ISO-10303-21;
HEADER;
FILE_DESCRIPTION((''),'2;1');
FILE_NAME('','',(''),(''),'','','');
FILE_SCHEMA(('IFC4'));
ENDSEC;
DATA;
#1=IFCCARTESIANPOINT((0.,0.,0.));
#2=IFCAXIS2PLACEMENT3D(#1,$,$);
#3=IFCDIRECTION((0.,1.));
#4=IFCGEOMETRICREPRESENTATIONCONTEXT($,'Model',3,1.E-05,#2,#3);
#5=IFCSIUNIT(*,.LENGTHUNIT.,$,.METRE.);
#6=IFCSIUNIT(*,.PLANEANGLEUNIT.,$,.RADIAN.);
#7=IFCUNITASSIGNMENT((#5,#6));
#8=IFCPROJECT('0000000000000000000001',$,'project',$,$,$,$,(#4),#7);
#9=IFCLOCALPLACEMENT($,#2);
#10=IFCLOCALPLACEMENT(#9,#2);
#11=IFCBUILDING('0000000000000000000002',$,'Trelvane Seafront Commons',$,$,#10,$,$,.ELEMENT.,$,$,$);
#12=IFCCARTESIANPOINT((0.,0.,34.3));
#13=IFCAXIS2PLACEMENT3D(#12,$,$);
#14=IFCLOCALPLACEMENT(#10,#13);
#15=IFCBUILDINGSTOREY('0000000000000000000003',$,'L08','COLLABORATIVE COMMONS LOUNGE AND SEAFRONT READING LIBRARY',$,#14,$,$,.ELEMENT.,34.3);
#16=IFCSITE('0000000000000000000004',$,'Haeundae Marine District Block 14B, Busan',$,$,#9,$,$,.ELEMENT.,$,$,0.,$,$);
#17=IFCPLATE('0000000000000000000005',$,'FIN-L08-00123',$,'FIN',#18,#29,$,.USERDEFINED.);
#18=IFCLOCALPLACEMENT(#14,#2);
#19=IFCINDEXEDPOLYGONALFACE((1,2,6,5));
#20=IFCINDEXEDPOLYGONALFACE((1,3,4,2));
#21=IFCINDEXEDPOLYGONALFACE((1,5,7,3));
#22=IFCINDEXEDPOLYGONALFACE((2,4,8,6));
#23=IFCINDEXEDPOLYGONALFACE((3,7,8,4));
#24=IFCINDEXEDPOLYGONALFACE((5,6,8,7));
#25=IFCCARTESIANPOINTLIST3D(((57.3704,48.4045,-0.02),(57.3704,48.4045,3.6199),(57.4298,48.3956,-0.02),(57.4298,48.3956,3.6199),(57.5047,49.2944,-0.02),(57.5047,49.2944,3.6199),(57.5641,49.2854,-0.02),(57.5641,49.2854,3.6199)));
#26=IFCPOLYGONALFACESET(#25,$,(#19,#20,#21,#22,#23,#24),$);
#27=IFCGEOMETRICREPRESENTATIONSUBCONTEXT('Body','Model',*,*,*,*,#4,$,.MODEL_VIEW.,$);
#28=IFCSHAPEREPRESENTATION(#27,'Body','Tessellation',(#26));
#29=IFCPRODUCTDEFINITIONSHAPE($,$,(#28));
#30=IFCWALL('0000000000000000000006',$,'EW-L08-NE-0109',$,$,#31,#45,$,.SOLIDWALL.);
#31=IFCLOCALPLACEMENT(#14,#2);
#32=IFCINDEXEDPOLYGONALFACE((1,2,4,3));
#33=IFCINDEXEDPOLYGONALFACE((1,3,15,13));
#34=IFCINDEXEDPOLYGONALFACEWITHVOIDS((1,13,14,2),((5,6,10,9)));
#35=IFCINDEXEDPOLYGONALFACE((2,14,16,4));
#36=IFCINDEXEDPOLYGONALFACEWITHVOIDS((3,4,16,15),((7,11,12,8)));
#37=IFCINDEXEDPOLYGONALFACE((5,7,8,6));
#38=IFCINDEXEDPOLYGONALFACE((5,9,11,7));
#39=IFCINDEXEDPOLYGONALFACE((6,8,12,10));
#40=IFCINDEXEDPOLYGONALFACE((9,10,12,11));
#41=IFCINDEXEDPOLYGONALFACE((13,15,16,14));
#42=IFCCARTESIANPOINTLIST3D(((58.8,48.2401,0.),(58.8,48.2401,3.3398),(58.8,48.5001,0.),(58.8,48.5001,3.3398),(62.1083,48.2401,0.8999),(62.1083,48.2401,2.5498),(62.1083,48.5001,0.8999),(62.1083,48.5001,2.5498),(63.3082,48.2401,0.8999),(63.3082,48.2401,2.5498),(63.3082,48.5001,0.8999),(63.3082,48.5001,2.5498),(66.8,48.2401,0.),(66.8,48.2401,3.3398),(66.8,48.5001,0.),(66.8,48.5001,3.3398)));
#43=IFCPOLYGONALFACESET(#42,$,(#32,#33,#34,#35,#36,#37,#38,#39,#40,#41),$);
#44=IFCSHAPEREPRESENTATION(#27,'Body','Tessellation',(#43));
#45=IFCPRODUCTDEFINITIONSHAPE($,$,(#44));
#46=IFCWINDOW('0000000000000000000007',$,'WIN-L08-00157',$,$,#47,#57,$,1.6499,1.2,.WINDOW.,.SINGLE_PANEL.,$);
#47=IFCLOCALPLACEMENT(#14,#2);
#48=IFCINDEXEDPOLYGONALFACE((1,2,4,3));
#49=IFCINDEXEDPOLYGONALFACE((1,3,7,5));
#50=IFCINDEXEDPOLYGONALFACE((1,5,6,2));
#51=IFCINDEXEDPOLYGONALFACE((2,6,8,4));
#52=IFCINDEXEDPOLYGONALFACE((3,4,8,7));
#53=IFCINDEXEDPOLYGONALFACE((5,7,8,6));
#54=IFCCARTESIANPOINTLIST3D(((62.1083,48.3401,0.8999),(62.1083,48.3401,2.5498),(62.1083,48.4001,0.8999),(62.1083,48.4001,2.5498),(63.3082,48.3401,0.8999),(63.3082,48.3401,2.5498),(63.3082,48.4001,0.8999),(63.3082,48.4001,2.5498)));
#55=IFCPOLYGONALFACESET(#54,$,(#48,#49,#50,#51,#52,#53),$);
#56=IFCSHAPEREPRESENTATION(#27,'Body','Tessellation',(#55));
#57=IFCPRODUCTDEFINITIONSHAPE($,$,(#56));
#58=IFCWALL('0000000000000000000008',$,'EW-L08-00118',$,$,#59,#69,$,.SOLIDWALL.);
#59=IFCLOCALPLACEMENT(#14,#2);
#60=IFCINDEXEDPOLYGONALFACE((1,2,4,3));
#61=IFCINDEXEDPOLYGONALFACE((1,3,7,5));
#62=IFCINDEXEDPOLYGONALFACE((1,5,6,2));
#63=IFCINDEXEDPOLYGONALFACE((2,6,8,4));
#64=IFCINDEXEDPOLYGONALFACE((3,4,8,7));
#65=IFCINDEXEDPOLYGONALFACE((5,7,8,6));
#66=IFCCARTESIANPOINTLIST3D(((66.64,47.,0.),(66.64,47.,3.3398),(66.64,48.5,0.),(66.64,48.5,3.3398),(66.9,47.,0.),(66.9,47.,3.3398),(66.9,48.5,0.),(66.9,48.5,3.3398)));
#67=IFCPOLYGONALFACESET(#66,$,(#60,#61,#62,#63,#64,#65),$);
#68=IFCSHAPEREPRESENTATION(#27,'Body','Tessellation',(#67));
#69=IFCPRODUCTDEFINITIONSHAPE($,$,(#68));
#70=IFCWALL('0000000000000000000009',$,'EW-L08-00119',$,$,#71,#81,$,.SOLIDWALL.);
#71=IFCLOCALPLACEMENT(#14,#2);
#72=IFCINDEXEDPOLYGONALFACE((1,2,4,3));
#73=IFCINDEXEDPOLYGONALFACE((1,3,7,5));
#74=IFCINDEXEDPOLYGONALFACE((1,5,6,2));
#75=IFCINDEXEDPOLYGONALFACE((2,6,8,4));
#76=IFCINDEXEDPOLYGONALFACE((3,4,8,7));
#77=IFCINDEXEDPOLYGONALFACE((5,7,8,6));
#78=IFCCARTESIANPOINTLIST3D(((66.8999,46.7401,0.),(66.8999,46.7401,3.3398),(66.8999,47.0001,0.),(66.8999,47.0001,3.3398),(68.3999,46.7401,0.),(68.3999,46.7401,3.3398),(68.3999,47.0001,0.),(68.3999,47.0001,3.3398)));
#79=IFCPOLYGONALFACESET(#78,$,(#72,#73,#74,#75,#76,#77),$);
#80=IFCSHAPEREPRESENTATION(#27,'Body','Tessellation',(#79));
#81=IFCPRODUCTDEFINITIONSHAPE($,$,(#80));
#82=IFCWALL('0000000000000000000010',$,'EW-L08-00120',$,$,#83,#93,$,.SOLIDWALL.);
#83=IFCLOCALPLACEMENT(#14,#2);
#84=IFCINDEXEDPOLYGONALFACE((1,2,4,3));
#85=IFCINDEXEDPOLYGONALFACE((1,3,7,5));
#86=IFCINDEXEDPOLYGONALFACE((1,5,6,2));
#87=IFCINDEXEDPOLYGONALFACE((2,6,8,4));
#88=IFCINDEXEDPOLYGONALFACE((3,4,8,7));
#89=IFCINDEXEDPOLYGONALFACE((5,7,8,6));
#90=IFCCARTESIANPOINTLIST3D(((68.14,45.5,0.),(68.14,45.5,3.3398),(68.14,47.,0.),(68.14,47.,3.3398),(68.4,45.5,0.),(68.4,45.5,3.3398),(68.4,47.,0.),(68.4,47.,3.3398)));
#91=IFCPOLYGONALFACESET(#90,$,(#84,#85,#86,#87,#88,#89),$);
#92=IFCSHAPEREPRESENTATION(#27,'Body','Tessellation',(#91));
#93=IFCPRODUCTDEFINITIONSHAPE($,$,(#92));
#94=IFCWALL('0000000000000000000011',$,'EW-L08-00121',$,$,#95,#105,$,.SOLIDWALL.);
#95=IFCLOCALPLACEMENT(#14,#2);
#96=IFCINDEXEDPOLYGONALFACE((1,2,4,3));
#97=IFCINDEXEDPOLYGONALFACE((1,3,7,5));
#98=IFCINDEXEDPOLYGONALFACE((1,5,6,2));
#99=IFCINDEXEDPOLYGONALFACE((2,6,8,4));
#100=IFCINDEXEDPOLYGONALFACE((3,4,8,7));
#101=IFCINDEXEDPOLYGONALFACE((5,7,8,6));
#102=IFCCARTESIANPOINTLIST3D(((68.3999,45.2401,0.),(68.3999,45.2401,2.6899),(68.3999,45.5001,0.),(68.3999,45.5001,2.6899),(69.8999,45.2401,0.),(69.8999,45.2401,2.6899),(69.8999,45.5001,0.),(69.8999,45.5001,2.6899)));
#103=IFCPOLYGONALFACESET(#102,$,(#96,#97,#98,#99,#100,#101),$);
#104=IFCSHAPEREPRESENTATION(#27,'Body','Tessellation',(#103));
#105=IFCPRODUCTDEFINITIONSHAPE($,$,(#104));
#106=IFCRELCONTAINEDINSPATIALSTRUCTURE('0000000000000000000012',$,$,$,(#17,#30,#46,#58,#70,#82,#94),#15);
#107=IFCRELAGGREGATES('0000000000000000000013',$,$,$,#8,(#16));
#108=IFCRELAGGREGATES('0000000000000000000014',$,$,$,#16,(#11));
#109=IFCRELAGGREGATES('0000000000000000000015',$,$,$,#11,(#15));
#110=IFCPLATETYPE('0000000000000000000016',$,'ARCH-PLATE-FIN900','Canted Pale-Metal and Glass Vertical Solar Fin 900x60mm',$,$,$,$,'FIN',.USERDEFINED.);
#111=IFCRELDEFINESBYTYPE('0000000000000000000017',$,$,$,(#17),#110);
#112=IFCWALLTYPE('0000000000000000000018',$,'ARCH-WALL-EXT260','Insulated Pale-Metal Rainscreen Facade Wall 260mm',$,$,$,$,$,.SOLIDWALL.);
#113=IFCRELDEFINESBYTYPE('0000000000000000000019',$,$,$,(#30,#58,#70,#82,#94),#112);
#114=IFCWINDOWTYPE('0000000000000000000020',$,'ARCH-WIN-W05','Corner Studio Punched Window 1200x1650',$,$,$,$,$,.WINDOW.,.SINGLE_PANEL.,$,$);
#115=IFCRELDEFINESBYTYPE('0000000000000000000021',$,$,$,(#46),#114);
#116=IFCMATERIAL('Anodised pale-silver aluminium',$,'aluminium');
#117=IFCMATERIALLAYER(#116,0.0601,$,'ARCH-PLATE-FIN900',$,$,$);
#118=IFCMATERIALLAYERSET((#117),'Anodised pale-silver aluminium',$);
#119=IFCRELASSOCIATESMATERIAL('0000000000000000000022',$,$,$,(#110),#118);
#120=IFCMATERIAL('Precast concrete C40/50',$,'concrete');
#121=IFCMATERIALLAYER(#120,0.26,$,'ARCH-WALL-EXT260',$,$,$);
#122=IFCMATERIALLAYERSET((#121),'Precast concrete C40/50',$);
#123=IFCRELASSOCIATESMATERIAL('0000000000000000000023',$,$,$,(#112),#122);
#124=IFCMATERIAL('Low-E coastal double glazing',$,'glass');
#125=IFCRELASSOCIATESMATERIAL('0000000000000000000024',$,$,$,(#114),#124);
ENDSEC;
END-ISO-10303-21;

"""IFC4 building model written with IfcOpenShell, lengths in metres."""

from ifc_helpers import new_model, si_unit, direction, frame, frame_2d, origin, origin_2d, place, context, subcontext, project, spatial, rectangle, extrude, source, transform, mapped, material, layer, layer_set, type_object, element, fill, save


model = new_model("IFC4")

# Units and contexts
model_context = context("Model", 3, precision=1e-05, world=origin(), true_north=direction((0.0, 1.0)))
body_context = subcontext(model_context, "Body", "Model", "MODEL_VIEW")
ifc_project = project(units=[si_unit("LENGTHUNIT", "METRE"), si_unit("PLANEANGLEUNIT", "RADIAN")], contexts=[model_context])

# Site, building, storey
site_placement = place(None, origin())
site = spatial("IfcSite", under=ifc_project, at=site_placement, Name="Haeundae Marine District Block 14B, Busan", CompositionType="ELEMENT", RefElevation=0.0)
building_placement = place(site_placement, origin())
building = spatial("IfcBuilding", under=site, at=building_placement, Name="Trelvane Seafront Commons", CompositionType="ELEMENT")
storey_placement = place(building_placement, frame((0.0, 0.0, 34.3)))
storey = spatial("IfcBuildingStorey", under=building, at=storey_placement, Name="L08", Description="COLLABORATIVE COMMONS LOUNGE AND SEAFRONT READING LIBRARY", CompositionType="ELEMENT", Elevation=34.3)

# Shared definitions
ifc_material_1 = material(Name="Anodised pale-silver aluminium", Category="aluminium")
ifc_material_2 = material(Name="Low-E coastal double glazing", Category="glass")

# Plate
ifc_layer_1 = layer(ifc_material_1, 0.0601, Name="ARCH-PLATE-FIN900")
ifc_layer_set_1 = layer_set([ifc_layer_1], Name="Anodised pale-silver aluminium")
plate_type_1 = type_object("IfcPlateType", Name="ARCH-PLATE-FIN900", Description="Canted Pale-Metal and Glass Vertical Solar Fin 900x60mm", ElementType="FIN", PredefinedType="USERDEFINED", material=ifc_layer_set_1)
shared_shape_1 = source(origin(), body_context, "Body", "SweptSolid", [
    extrude(rectangle(XDim=0.8999, YDim=0.0601, at=origin_2d()), origin(), (0.0, 0.0, 1.0), 3.6399),
])
plate_1_placement = place(storey_placement, frame((57.4673, 48.845, -0.02), z_axis=(0.0, 0.0, 1.0), x_axis=(0.149226, 0.988803, 0.0)))
element("IfcPlate", 1, at=plate_1_placement, inside=storey, type_object=plate_type_1, Name="FIN-L08-00123", ObjectType="FIN", PredefinedType="USERDEFINED", context=body_context, shape_type="MappedRepresentation", body=[
    mapped(shared_shape_1, transform((0.0, 0.0, 0.0), x_axis=(1.0, 0.0, 0.0), y_axis=(0.0, 1.0, 0.0), z_axis=(0.0, 0.0, 1.0), scale=1.0)),
])

# Wall, opening, window
ifc_material_3 = material(Name="Precast concrete C40/50", Category="concrete")
ifc_layer_2 = layer(ifc_material_3, 0.26, Name="ARCH-WALL-EXT260")
ifc_layer_set_2 = layer_set([ifc_layer_2], Name="Precast concrete C40/50")
wall_type_1 = type_object("IfcWallType", Name="ARCH-WALL-EXT260", Description="Insulated Pale-Metal Rainscreen Facade Wall 260mm", PredefinedType="SOLIDWALL", material=ifc_layer_set_2)
wall_1_placement = place(storey_placement, frame((58.8, 48.3701, 0.0), z_axis=(0.0, 0.0, 1.0), x_axis=(1.0, 0.0, 0.0)))
wall_1 = element("IfcWall", 2, at=wall_1_placement, inside=storey, type_object=wall_type_1, Name="EW-L08-NE-0109", PredefinedType="SOLIDWALL", context=body_context, shape_type="SweptSolid", body=[
    extrude(rectangle(XDim=8.0, YDim=0.26, at=frame_2d((4.0, 0.0))), origin(), (0.0, 0.0, 1.0), 3.3398),
])
opening_1_placement = place(wall_1_placement, frame((3.3081, 0.0, 0.8999)))
opening_1 = element("IfcOpeningElement", 3, at=opening_1_placement, cuts=wall_1, PredefinedType="OPENING", context=body_context, shape_type="SweptSolid", body=[
    extrude(rectangle(XDim=1.2, YDim=1.6499, at=frame_2d((0.6001, 0.825))), frame((0.0, 0.1399, 0.0), z_axis=(0.0, -1.0, 0.0), x_axis=(1.0, 0.0, 0.0)), (0.0, 0.0, 1.0), 0.28),
])
window_type_1 = type_object("IfcWindowType", Name="ARCH-WIN-W05", Description="Corner Studio Punched Window 1200x1650", PartitioningType="SINGLE_PANEL", PredefinedType="WINDOW", material=ifc_material_2)
shared_shape_2 = source(origin(), body_context, "Body", "SweptSolid", [
    extrude(rectangle(XDim=1.2, YDim=1.6499, at=frame_2d((0.6001, 0.825))), frame((0.0, 0.03, 0.0), z_axis=(0.0, -1.0, 0.0), x_axis=(1.0, 0.0, 0.0)), (0.0, 0.0, 1.0), 0.0601),
])
window_1_placement = place(opening_1_placement, origin())
window_1 = element("IfcWindow", 4, at=window_1_placement, inside=storey, type_object=window_type_1, Name="WIN-L08-00157", OverallHeight=1.6499, OverallWidth=1.2, PartitioningType="SINGLE_PANEL", PredefinedType="WINDOW", context=body_context, shape_type="MappedRepresentation", body=[
    mapped(shared_shape_2, transform((0.0, 0.0, 0.0), x_axis=(1.0, 0.0, 0.0), y_axis=(0.0, 1.0, 0.0), z_axis=(0.0, 0.0, 1.0), scale=1.0)),
])
fill(opening_1, window_1)

# Walls
for number, where, z_axis, x_axis, name in (
    (5, (66.77, 48.5, 0.0), (0.0, 0.0, 1.0), (0.0, -1.0, 0.0), "EW-L08-00118"),
    (6, (66.8999, 46.8701, 0.0), (0.0, 0.0, 1.0), (1.0, 0.0, 0.0), "EW-L08-00119"),
    (7, (68.27, 47.0, 0.0), (0.0, 0.0, 1.0), (0.0, -1.0, 0.0), "EW-L08-00120"),
):
    element("IfcWall", number, at=place(storey_placement, frame(where, z_axis=z_axis, x_axis=x_axis)), inside=storey, type_object=wall_type_1, Name=name, PredefinedType="SOLIDWALL", context=body_context, shape_type="SweptSolid", body=[
        extrude(rectangle(XDim=1.5, YDim=0.26, at=frame_2d((0.75, 0.0))), origin(), (0.0, 0.0, 1.0), 3.3398),
    ])
wall_2_placement = place(storey_placement, frame((68.3999, 45.3701, 0.0), z_axis=(0.0, 0.0, 1.0), x_axis=(1.0, 0.0, 0.0)))
element("IfcWall", 8, at=wall_2_placement, inside=storey, type_object=wall_type_1, Name="EW-L08-00121", PredefinedType="SOLIDWALL", context=body_context, shape_type="SweptSolid", body=[
    extrude(rectangle(XDim=1.5, YDim=0.26, at=frame_2d((0.75, 0.0))), origin(), (0.0, 0.0, 1.0), 2.6899),
])

save(model, "model.ifc")
